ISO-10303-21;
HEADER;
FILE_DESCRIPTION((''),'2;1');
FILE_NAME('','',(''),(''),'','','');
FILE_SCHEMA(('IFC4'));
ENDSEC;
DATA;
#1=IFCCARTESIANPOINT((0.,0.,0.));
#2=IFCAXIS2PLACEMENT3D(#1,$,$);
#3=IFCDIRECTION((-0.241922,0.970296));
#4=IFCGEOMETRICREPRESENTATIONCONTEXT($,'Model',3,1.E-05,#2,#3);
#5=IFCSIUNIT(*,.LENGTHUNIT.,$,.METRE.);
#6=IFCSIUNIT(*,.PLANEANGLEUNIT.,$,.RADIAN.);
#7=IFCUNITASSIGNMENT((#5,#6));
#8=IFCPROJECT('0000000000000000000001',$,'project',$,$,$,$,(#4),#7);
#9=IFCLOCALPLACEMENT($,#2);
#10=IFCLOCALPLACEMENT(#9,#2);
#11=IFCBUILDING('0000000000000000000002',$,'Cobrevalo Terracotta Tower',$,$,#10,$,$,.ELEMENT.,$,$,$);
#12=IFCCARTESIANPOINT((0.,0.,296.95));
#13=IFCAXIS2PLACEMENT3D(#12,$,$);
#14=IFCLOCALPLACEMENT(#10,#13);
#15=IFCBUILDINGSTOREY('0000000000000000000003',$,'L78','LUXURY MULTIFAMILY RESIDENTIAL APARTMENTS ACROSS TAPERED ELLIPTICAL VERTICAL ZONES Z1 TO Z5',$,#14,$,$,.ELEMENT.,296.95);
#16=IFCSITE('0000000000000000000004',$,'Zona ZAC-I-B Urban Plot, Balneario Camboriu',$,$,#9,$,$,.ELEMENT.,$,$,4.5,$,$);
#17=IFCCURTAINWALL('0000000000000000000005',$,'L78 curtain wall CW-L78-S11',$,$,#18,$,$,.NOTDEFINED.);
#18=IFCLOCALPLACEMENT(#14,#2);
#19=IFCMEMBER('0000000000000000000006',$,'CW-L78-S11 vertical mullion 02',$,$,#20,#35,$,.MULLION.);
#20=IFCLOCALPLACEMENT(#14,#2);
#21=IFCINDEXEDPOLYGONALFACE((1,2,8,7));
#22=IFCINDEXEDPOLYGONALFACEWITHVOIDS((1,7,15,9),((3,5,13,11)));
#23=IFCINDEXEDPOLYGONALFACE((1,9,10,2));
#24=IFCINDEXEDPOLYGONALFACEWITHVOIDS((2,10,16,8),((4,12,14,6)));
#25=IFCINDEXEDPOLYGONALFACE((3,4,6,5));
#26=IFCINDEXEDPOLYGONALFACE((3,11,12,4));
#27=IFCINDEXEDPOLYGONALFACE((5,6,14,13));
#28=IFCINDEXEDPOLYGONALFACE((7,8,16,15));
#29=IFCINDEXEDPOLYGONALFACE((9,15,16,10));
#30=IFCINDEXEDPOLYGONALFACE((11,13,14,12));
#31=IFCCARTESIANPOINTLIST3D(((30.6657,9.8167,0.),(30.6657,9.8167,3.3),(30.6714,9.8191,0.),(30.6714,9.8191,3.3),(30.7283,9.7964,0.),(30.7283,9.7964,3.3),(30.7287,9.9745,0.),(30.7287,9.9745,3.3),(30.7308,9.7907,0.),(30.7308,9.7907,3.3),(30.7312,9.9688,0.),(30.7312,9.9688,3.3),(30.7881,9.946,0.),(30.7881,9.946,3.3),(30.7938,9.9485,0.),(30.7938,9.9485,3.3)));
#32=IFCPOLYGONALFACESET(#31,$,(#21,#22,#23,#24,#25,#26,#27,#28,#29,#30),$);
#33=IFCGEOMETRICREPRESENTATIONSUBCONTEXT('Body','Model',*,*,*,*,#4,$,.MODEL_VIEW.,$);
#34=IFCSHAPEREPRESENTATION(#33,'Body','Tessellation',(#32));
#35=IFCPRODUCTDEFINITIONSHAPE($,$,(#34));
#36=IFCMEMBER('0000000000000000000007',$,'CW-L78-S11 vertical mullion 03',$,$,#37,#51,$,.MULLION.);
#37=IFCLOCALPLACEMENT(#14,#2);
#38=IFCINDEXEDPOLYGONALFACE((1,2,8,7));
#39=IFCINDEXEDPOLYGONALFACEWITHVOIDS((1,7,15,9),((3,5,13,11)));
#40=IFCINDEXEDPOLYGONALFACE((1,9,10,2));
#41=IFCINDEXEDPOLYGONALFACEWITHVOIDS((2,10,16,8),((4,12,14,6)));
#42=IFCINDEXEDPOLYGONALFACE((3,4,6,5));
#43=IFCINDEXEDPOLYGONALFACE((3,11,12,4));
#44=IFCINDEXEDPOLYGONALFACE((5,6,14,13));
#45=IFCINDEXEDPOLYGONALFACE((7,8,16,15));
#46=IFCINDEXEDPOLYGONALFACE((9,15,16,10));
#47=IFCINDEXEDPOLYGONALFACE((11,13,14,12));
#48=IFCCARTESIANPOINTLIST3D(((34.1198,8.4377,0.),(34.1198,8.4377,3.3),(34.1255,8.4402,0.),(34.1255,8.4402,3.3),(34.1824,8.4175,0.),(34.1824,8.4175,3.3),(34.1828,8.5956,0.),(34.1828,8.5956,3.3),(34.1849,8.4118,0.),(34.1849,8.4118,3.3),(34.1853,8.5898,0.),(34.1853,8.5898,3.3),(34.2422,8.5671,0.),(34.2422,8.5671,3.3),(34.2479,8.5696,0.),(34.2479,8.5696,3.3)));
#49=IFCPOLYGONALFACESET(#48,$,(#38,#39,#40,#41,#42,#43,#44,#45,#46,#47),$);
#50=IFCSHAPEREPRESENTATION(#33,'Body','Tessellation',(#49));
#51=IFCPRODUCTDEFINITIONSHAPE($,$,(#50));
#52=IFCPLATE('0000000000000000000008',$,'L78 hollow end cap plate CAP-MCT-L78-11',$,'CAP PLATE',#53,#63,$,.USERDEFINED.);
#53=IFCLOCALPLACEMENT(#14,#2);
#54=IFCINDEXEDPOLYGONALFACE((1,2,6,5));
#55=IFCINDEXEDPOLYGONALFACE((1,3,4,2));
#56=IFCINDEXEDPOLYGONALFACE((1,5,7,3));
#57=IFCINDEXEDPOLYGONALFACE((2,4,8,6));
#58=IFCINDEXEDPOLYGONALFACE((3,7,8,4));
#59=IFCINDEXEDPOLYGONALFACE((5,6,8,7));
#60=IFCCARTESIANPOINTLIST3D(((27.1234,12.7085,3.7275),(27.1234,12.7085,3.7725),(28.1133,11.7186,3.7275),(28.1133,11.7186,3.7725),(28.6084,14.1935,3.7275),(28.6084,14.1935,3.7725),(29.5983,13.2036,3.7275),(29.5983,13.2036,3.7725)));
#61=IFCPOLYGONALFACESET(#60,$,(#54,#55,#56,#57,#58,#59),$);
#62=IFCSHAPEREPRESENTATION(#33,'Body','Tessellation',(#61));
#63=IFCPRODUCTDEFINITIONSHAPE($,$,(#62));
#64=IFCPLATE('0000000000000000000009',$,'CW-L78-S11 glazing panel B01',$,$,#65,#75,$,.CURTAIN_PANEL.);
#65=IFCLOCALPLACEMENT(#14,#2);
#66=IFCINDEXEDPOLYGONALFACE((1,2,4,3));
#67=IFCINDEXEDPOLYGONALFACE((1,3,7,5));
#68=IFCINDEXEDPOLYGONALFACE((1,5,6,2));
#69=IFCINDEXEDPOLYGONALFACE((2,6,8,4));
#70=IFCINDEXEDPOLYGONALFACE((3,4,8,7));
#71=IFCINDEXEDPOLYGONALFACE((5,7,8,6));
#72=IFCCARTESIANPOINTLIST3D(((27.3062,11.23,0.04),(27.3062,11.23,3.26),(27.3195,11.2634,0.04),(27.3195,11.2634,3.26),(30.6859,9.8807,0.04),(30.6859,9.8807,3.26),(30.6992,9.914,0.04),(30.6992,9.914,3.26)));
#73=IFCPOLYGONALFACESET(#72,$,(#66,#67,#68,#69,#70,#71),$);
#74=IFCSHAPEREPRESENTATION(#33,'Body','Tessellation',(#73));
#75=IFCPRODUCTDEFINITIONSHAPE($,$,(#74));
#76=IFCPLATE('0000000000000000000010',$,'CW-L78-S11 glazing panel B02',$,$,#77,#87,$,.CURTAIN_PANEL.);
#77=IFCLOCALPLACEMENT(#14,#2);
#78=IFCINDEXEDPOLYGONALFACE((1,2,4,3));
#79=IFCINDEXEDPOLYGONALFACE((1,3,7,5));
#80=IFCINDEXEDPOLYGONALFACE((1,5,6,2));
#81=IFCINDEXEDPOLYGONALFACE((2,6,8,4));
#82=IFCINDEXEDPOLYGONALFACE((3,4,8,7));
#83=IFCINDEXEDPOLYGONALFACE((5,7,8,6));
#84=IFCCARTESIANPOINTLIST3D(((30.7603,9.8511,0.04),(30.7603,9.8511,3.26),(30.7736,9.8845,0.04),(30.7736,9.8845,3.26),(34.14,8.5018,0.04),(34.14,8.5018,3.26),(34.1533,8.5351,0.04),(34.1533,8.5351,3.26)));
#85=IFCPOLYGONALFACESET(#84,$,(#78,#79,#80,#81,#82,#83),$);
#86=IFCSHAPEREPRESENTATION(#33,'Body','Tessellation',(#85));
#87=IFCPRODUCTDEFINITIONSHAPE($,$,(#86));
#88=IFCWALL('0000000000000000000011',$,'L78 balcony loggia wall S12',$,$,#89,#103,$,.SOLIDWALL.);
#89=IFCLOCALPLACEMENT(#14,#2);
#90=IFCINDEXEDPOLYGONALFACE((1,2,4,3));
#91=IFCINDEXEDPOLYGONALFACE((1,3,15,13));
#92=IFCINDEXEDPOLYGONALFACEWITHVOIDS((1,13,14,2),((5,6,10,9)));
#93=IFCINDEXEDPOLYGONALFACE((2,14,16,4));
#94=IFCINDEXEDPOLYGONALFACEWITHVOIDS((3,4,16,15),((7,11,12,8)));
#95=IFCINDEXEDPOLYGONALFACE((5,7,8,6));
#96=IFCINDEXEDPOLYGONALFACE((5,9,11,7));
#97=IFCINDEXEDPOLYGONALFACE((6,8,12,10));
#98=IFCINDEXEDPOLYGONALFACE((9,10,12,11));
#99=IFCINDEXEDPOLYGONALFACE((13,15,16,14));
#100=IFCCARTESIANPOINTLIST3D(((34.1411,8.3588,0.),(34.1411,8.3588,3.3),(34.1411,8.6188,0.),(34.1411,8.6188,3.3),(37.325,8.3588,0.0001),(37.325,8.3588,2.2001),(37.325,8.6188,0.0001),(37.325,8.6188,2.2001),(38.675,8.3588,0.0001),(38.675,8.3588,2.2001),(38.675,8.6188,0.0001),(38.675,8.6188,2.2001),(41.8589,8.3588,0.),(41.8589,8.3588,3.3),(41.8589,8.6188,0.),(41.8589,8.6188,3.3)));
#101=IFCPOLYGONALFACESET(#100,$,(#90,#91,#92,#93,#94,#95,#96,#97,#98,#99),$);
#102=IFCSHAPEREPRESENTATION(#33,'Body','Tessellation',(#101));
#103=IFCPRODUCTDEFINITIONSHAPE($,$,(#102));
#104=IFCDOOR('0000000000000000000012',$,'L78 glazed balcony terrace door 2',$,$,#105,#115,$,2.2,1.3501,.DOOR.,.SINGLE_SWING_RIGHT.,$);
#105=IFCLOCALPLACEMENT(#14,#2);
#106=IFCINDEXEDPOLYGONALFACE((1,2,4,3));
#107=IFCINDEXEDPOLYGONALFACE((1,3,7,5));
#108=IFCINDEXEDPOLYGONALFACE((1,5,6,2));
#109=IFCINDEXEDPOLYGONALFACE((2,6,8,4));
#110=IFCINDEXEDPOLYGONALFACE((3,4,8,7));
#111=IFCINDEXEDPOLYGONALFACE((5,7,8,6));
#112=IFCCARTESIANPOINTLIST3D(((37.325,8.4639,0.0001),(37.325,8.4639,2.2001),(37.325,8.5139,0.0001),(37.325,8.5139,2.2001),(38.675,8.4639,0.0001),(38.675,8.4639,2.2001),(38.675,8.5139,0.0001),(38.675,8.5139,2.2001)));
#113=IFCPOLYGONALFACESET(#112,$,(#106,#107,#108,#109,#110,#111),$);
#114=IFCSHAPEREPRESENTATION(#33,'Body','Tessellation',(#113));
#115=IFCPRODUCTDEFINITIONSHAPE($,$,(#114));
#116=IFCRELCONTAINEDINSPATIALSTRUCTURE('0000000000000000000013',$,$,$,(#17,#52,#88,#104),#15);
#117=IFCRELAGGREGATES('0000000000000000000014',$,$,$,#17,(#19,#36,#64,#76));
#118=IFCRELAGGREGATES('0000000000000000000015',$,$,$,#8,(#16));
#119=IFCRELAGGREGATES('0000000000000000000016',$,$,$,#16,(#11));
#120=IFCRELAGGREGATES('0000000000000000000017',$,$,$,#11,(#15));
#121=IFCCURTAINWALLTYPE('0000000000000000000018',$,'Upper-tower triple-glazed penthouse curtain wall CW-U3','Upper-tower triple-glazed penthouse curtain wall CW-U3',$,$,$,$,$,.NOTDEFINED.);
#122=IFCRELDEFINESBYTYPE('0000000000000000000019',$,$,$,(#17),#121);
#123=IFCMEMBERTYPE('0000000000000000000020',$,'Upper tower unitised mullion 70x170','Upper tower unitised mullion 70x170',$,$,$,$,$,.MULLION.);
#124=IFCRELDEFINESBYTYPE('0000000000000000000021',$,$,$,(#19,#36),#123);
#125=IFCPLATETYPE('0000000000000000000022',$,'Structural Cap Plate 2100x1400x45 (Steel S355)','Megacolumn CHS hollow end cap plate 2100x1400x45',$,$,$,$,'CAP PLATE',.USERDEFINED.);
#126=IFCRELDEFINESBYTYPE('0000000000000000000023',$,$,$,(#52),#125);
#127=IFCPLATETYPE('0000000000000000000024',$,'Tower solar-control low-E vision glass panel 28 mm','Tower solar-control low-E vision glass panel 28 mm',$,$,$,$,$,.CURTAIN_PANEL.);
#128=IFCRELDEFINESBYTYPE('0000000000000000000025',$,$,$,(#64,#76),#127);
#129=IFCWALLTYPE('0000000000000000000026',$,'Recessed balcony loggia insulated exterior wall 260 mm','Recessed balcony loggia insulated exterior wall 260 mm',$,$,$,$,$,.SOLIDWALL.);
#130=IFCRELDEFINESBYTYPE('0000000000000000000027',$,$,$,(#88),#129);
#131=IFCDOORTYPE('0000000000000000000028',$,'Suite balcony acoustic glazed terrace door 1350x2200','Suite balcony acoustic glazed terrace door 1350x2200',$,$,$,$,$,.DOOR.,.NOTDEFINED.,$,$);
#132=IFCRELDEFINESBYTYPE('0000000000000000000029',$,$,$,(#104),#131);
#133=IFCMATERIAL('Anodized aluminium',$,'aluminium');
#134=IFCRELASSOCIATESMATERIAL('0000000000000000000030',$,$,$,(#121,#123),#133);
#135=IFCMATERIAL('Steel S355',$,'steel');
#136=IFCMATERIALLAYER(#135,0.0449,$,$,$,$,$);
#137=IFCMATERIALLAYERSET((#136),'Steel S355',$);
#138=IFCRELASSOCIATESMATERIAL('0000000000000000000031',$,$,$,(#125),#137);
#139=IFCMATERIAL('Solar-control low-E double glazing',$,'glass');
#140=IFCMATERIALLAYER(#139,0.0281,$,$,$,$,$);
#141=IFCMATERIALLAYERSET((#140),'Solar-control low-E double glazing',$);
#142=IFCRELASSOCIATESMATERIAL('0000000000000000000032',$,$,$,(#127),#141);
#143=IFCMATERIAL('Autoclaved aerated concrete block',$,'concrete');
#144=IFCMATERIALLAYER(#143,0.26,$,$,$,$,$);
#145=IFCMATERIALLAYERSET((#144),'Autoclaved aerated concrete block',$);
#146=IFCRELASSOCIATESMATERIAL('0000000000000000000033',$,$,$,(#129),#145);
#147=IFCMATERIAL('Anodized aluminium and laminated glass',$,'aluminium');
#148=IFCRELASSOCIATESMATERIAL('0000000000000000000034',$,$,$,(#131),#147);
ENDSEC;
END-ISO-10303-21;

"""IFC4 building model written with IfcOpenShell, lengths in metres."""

from ifc_helpers import new_model, si_unit, direction, frame, frame_2d, origin, origin_2d, place, context, subcontext, project, spatial, rectangle, hollow_rectangle, extrude, source, transform, mapped, material, layer, layer_set, material_profile, profile_set, type_object, element, fill, aggregate, save


model = new_model("IFC4")

# Units and contexts
model_context = context("Model", 3, precision=1e-05, world=origin(), true_north=direction((-0.241922, 0.970296)))
body_context = subcontext(model_context, "Body", "Model", "MODEL_VIEW")
ifc_project = project(units=[si_unit("LENGTHUNIT", "METRE"), si_unit("PLANEANGLEUNIT", "RADIAN")], contexts=[model_context])

# Site, building, storey
site_placement = place(None, origin())
site = spatial("IfcSite", under=ifc_project, at=site_placement, Name="Zona ZAC-I-B Urban Plot, Balneario Camboriu", CompositionType="ELEMENT", RefElevation=4.5)
building_placement = place(site_placement, origin())
building = spatial("IfcBuilding", under=site, at=building_placement, Name="Cobrevalo Terracotta Tower", CompositionType="ELEMENT")
storey_placement = place(building_placement, frame((0.0, 0.0, 296.95)))
storey = spatial("IfcBuildingStorey", under=building, at=storey_placement, Name="L78", Description="LUXURY MULTIFAMILY RESIDENTIAL APARTMENTS ACROSS TAPERED ELLIPTICAL VERTICAL ZONES Z1 TO Z5", CompositionType="ELEMENT", Elevation=296.95)

# Shared definitions
ifc_material_1 = material(Name="Steel S355", Category="steel")

# Curtain wall
ifc_material_2 = material(Name="Anodized aluminium", Category="aluminium")
curtain_wall_type = type_object("IfcCurtainWallType", Name="Upper-tower triple-glazed penthouse curtain wall CW-U3", Description="Upper-tower triple-glazed penthouse curtain wall CW-U3", PredefinedType="NOTDEFINED", material=ifc_material_2)
curtain_wall_1_placement = place(storey_placement, origin())
curtain_wall_1 = element("IfcCurtainWall", 1, at=curtain_wall_1_placement, inside=storey, type_object=curtain_wall_type, Name="L78 curtain wall CW-L78-S11", PredefinedType="NOTDEFINED")

# Shared definitions
ifc_material_profile_1 = material_profile(ifc_material_2, hollow_rectangle(XDim=0.0701, YDim=0.1699, WallThickness=0.0044, at=origin_2d()), Name="CWM 70x170")
ifc_profile_set_1 = profile_set([ifc_material_profile_1], Name="Anodized aluminium")
member_type_1 = type_object("IfcMemberType", Name="Upper tower unitised mullion 70x170", Description="Upper tower unitised mullion 70x170", PredefinedType="MULLION", material=ifc_profile_set_1)
shared_shape_1 = source(origin(), body_context, "Body", "SweptSolid", [
    extrude(hollow_rectangle(XDim=0.0701, YDim=0.1699, WallThickness=0.0044, at=origin_2d()), origin(), (0.0, 0.0, 1.0), 3.3),
])

# Members
member_1_placement = place(storey_placement, frame((30.7297, 9.8826, 0.0), z_axis=(0.0, 0.0, 1.0), x_axis=(0.928719, -0.370784, 0.0)))
member_1 = element("IfcMember", 2, at=member_1_placement, type_object=member_type_1, Name="CW-L78-S11 vertical mullion 02", PredefinedType="MULLION", context=body_context, shape_type="MappedRepresentation", body=[
    mapped(shared_shape_1, transform((0.0, 0.0, 0.0), scale=1.0)),
])
member_2_placement = place(storey_placement, frame((34.1838, 8.5037, 0.0), z_axis=(0.0, 0.0, 1.0), x_axis=(0.928719, -0.370784, 0.0)))
member_2 = element("IfcMember", 3, at=member_2_placement, type_object=member_type_1, Name="CW-L78-S11 vertical mullion 03", PredefinedType="MULLION", context=body_context, shape_type="MappedRepresentation", body=[
    mapped(shared_shape_1, transform((0.0, 0.0, 0.0), scale=1.0)),
])

# Plates
ifc_layer_1 = layer(ifc_material_1, 0.0449)
ifc_layer_set_1 = layer_set([ifc_layer_1], Name="Steel S355")
plate_type_1 = type_object("IfcPlateType", Name="Structural Cap Plate 2100x1400x45 (Steel S355)", Description="Megacolumn CHS hollow end cap plate 2100x1400x45", ElementType="CAP PLATE", PredefinedType="USERDEFINED", material=ifc_layer_set_1)
shared_shape_2 = source(origin(), body_context, "Body", "SweptSolid", [
    extrude(rectangle(XDim=2.1001, YDim=1.3999, at=origin_2d()), origin(), (0.0, 0.0, 1.0), 0.0449),
])
plate_1_placement = place(storey_placement, frame((28.3608, 12.9561, 3.7275), z_axis=(0.0, 0.0, 1.0), x_axis=(-0.707107, -0.707107, 0.0)))
element("IfcPlate", 4, at=plate_1_placement, inside=storey, type_object=plate_type_1, Name="L78 hollow end cap plate CAP-MCT-L78-11", ObjectType="CAP PLATE", PredefinedType="USERDEFINED", context=body_context, shape_type="MappedRepresentation", body=[
    mapped(shared_shape_2, transform((0.0, 0.0, 0.0), scale=1.0)),
])
ifc_material_3 = material(Name="Solar-control low-E double glazing", Category="glass")
ifc_layer_2 = layer(ifc_material_3, 0.0281)
ifc_layer_set_2 = layer_set([ifc_layer_2], Name="Solar-control low-E double glazing")
plate_type_2 = type_object("IfcPlateType", Name="Tower solar-control low-E vision glass panel 28 mm", Description="Tower solar-control low-E vision glass panel 28 mm", PredefinedType="CURTAIN_PANEL", material=ifc_layer_set_2)
shared_shape_3 = source(origin(), body_context, "Body", "SweptSolid", [
    extrude(rectangle(XDim=3.6392, YDim=0.0359, at=origin_2d()), origin(), (0.0, 0.0, 1.0), 3.22),
])
plate_2_placement = place(storey_placement, frame((29.0027, 10.572, 0.04), z_axis=(0.0, 0.0, 1.0), x_axis=(0.928718, -0.370786, 0.0)))
plate_2 = element("IfcPlate", 5, at=plate_2_placement, type_object=plate_type_2, Name="CW-L78-S11 glazing panel B01", PredefinedType="CURTAIN_PANEL", context=body_context, shape_type="MappedRepresentation", body=[
    mapped(shared_shape_3, transform((0.0, 0.0, 0.0), scale=1.0)),
])
plate_3_placement = place(storey_placement, frame((32.4568, 9.1931, 0.04), z_axis=(0.0, 0.0, 1.0), x_axis=(0.928718, -0.370786, 0.0)))
plate_3 = element("IfcPlate", 6, at=plate_3_placement, type_object=plate_type_2, Name="CW-L78-S11 glazing panel B02", PredefinedType="CURTAIN_PANEL", context=body_context, shape_type="MappedRepresentation", body=[
    mapped(shared_shape_3, transform((0.0, 0.0, 0.0), scale=1.0)),
])
aggregate(curtain_wall_1, [member_1, member_2, plate_2, plate_3])

# Wall, opening, door
ifc_material_4 = material(Name="Autoclaved aerated concrete block", Category="concrete")
ifc_layer_3 = layer(ifc_material_4, 0.26)
ifc_layer_set_3 = layer_set([ifc_layer_3], Name="Autoclaved aerated concrete block")
wall_type = type_object("IfcWallType", Name="Recessed balcony loggia insulated exterior wall 260 mm", Description="Recessed balcony loggia insulated exterior wall 260 mm", PredefinedType="SOLIDWALL", material=ifc_layer_set_3)
wall_placement = place(storey_placement, frame((34.1411, 8.4888, 0.0), z_axis=(0.0, 0.0, 1.0), x_axis=(1.0, 0.0, 0.0)))
wall = element("IfcWall", 7, at=wall_placement, inside=storey, type_object=wall_type, Name="L78 balcony loggia wall S12", PredefinedType="SOLIDWALL", context=body_context, shape_type="SweptSolid", body=[
    extrude(rectangle(XDim=7.7178, YDim=0.26, at=frame_2d((3.8589, 0.0))), origin(), (0.0, 0.0, 1.0), 3.3),
])
opening_placement = place(wall_placement, frame((3.1838, 0.0, 0.0)))
opening = element("IfcOpeningElement", 8, at=opening_placement, cuts=wall, PredefinedType="OPENING", context=body_context, shape_type="SweptSolid", body=[
    extrude(rectangle(XDim=1.3501, YDim=2.2, at=frame_2d((0.675, 1.1001))), frame((0.0, 0.1401, 0.0), z_axis=(0.0, -1.0, 0.0), x_axis=(1.0, 0.0, 0.0)), (0.0, 0.0, 1.0), 0.28),
])
ifc_material_5 = material(Name="Anodized aluminium and laminated glass", Category="aluminium")
door_type = type_object("IfcDoorType", Name="Suite balcony acoustic glazed terrace door 1350x2200", Description="Suite balcony acoustic glazed terrace door 1350x2200", OperationType="NOTDEFINED", PredefinedType="DOOR", material=ifc_material_5)
shared_shape_4 = source(origin(), body_context, "Body", "SweptSolid", [
    extrude(rectangle(XDim=1.3501, YDim=2.2, at=frame_2d((0.675, 1.1001))), frame((0.0, 0.0249, 0.0), z_axis=(0.0, -1.0, 0.0), x_axis=(1.0, 0.0, 0.0)), (0.0, 0.0, 1.0), 0.05),
])
door_placement = place(opening_placement, frame((1.3501, 0.0, 0.0), z_axis=(0.0, 0.0, 1.0), x_axis=(-1.0, 0.0, 0.0)))
door = element("IfcDoor", 9, at=door_placement, inside=storey, type_object=door_type, Name="L78 glazed balcony terrace door 2", OperationType="SINGLE_SWING_RIGHT", OverallHeight=2.2, OverallWidth=1.3501, PredefinedType="DOOR", context=body_context, shape_type="MappedRepresentation", body=[
    mapped(shared_shape_4, transform((0.0, 0.0, 0.0), scale=1.0)),
])
fill(opening, door)

save(model, "model.ifc")
